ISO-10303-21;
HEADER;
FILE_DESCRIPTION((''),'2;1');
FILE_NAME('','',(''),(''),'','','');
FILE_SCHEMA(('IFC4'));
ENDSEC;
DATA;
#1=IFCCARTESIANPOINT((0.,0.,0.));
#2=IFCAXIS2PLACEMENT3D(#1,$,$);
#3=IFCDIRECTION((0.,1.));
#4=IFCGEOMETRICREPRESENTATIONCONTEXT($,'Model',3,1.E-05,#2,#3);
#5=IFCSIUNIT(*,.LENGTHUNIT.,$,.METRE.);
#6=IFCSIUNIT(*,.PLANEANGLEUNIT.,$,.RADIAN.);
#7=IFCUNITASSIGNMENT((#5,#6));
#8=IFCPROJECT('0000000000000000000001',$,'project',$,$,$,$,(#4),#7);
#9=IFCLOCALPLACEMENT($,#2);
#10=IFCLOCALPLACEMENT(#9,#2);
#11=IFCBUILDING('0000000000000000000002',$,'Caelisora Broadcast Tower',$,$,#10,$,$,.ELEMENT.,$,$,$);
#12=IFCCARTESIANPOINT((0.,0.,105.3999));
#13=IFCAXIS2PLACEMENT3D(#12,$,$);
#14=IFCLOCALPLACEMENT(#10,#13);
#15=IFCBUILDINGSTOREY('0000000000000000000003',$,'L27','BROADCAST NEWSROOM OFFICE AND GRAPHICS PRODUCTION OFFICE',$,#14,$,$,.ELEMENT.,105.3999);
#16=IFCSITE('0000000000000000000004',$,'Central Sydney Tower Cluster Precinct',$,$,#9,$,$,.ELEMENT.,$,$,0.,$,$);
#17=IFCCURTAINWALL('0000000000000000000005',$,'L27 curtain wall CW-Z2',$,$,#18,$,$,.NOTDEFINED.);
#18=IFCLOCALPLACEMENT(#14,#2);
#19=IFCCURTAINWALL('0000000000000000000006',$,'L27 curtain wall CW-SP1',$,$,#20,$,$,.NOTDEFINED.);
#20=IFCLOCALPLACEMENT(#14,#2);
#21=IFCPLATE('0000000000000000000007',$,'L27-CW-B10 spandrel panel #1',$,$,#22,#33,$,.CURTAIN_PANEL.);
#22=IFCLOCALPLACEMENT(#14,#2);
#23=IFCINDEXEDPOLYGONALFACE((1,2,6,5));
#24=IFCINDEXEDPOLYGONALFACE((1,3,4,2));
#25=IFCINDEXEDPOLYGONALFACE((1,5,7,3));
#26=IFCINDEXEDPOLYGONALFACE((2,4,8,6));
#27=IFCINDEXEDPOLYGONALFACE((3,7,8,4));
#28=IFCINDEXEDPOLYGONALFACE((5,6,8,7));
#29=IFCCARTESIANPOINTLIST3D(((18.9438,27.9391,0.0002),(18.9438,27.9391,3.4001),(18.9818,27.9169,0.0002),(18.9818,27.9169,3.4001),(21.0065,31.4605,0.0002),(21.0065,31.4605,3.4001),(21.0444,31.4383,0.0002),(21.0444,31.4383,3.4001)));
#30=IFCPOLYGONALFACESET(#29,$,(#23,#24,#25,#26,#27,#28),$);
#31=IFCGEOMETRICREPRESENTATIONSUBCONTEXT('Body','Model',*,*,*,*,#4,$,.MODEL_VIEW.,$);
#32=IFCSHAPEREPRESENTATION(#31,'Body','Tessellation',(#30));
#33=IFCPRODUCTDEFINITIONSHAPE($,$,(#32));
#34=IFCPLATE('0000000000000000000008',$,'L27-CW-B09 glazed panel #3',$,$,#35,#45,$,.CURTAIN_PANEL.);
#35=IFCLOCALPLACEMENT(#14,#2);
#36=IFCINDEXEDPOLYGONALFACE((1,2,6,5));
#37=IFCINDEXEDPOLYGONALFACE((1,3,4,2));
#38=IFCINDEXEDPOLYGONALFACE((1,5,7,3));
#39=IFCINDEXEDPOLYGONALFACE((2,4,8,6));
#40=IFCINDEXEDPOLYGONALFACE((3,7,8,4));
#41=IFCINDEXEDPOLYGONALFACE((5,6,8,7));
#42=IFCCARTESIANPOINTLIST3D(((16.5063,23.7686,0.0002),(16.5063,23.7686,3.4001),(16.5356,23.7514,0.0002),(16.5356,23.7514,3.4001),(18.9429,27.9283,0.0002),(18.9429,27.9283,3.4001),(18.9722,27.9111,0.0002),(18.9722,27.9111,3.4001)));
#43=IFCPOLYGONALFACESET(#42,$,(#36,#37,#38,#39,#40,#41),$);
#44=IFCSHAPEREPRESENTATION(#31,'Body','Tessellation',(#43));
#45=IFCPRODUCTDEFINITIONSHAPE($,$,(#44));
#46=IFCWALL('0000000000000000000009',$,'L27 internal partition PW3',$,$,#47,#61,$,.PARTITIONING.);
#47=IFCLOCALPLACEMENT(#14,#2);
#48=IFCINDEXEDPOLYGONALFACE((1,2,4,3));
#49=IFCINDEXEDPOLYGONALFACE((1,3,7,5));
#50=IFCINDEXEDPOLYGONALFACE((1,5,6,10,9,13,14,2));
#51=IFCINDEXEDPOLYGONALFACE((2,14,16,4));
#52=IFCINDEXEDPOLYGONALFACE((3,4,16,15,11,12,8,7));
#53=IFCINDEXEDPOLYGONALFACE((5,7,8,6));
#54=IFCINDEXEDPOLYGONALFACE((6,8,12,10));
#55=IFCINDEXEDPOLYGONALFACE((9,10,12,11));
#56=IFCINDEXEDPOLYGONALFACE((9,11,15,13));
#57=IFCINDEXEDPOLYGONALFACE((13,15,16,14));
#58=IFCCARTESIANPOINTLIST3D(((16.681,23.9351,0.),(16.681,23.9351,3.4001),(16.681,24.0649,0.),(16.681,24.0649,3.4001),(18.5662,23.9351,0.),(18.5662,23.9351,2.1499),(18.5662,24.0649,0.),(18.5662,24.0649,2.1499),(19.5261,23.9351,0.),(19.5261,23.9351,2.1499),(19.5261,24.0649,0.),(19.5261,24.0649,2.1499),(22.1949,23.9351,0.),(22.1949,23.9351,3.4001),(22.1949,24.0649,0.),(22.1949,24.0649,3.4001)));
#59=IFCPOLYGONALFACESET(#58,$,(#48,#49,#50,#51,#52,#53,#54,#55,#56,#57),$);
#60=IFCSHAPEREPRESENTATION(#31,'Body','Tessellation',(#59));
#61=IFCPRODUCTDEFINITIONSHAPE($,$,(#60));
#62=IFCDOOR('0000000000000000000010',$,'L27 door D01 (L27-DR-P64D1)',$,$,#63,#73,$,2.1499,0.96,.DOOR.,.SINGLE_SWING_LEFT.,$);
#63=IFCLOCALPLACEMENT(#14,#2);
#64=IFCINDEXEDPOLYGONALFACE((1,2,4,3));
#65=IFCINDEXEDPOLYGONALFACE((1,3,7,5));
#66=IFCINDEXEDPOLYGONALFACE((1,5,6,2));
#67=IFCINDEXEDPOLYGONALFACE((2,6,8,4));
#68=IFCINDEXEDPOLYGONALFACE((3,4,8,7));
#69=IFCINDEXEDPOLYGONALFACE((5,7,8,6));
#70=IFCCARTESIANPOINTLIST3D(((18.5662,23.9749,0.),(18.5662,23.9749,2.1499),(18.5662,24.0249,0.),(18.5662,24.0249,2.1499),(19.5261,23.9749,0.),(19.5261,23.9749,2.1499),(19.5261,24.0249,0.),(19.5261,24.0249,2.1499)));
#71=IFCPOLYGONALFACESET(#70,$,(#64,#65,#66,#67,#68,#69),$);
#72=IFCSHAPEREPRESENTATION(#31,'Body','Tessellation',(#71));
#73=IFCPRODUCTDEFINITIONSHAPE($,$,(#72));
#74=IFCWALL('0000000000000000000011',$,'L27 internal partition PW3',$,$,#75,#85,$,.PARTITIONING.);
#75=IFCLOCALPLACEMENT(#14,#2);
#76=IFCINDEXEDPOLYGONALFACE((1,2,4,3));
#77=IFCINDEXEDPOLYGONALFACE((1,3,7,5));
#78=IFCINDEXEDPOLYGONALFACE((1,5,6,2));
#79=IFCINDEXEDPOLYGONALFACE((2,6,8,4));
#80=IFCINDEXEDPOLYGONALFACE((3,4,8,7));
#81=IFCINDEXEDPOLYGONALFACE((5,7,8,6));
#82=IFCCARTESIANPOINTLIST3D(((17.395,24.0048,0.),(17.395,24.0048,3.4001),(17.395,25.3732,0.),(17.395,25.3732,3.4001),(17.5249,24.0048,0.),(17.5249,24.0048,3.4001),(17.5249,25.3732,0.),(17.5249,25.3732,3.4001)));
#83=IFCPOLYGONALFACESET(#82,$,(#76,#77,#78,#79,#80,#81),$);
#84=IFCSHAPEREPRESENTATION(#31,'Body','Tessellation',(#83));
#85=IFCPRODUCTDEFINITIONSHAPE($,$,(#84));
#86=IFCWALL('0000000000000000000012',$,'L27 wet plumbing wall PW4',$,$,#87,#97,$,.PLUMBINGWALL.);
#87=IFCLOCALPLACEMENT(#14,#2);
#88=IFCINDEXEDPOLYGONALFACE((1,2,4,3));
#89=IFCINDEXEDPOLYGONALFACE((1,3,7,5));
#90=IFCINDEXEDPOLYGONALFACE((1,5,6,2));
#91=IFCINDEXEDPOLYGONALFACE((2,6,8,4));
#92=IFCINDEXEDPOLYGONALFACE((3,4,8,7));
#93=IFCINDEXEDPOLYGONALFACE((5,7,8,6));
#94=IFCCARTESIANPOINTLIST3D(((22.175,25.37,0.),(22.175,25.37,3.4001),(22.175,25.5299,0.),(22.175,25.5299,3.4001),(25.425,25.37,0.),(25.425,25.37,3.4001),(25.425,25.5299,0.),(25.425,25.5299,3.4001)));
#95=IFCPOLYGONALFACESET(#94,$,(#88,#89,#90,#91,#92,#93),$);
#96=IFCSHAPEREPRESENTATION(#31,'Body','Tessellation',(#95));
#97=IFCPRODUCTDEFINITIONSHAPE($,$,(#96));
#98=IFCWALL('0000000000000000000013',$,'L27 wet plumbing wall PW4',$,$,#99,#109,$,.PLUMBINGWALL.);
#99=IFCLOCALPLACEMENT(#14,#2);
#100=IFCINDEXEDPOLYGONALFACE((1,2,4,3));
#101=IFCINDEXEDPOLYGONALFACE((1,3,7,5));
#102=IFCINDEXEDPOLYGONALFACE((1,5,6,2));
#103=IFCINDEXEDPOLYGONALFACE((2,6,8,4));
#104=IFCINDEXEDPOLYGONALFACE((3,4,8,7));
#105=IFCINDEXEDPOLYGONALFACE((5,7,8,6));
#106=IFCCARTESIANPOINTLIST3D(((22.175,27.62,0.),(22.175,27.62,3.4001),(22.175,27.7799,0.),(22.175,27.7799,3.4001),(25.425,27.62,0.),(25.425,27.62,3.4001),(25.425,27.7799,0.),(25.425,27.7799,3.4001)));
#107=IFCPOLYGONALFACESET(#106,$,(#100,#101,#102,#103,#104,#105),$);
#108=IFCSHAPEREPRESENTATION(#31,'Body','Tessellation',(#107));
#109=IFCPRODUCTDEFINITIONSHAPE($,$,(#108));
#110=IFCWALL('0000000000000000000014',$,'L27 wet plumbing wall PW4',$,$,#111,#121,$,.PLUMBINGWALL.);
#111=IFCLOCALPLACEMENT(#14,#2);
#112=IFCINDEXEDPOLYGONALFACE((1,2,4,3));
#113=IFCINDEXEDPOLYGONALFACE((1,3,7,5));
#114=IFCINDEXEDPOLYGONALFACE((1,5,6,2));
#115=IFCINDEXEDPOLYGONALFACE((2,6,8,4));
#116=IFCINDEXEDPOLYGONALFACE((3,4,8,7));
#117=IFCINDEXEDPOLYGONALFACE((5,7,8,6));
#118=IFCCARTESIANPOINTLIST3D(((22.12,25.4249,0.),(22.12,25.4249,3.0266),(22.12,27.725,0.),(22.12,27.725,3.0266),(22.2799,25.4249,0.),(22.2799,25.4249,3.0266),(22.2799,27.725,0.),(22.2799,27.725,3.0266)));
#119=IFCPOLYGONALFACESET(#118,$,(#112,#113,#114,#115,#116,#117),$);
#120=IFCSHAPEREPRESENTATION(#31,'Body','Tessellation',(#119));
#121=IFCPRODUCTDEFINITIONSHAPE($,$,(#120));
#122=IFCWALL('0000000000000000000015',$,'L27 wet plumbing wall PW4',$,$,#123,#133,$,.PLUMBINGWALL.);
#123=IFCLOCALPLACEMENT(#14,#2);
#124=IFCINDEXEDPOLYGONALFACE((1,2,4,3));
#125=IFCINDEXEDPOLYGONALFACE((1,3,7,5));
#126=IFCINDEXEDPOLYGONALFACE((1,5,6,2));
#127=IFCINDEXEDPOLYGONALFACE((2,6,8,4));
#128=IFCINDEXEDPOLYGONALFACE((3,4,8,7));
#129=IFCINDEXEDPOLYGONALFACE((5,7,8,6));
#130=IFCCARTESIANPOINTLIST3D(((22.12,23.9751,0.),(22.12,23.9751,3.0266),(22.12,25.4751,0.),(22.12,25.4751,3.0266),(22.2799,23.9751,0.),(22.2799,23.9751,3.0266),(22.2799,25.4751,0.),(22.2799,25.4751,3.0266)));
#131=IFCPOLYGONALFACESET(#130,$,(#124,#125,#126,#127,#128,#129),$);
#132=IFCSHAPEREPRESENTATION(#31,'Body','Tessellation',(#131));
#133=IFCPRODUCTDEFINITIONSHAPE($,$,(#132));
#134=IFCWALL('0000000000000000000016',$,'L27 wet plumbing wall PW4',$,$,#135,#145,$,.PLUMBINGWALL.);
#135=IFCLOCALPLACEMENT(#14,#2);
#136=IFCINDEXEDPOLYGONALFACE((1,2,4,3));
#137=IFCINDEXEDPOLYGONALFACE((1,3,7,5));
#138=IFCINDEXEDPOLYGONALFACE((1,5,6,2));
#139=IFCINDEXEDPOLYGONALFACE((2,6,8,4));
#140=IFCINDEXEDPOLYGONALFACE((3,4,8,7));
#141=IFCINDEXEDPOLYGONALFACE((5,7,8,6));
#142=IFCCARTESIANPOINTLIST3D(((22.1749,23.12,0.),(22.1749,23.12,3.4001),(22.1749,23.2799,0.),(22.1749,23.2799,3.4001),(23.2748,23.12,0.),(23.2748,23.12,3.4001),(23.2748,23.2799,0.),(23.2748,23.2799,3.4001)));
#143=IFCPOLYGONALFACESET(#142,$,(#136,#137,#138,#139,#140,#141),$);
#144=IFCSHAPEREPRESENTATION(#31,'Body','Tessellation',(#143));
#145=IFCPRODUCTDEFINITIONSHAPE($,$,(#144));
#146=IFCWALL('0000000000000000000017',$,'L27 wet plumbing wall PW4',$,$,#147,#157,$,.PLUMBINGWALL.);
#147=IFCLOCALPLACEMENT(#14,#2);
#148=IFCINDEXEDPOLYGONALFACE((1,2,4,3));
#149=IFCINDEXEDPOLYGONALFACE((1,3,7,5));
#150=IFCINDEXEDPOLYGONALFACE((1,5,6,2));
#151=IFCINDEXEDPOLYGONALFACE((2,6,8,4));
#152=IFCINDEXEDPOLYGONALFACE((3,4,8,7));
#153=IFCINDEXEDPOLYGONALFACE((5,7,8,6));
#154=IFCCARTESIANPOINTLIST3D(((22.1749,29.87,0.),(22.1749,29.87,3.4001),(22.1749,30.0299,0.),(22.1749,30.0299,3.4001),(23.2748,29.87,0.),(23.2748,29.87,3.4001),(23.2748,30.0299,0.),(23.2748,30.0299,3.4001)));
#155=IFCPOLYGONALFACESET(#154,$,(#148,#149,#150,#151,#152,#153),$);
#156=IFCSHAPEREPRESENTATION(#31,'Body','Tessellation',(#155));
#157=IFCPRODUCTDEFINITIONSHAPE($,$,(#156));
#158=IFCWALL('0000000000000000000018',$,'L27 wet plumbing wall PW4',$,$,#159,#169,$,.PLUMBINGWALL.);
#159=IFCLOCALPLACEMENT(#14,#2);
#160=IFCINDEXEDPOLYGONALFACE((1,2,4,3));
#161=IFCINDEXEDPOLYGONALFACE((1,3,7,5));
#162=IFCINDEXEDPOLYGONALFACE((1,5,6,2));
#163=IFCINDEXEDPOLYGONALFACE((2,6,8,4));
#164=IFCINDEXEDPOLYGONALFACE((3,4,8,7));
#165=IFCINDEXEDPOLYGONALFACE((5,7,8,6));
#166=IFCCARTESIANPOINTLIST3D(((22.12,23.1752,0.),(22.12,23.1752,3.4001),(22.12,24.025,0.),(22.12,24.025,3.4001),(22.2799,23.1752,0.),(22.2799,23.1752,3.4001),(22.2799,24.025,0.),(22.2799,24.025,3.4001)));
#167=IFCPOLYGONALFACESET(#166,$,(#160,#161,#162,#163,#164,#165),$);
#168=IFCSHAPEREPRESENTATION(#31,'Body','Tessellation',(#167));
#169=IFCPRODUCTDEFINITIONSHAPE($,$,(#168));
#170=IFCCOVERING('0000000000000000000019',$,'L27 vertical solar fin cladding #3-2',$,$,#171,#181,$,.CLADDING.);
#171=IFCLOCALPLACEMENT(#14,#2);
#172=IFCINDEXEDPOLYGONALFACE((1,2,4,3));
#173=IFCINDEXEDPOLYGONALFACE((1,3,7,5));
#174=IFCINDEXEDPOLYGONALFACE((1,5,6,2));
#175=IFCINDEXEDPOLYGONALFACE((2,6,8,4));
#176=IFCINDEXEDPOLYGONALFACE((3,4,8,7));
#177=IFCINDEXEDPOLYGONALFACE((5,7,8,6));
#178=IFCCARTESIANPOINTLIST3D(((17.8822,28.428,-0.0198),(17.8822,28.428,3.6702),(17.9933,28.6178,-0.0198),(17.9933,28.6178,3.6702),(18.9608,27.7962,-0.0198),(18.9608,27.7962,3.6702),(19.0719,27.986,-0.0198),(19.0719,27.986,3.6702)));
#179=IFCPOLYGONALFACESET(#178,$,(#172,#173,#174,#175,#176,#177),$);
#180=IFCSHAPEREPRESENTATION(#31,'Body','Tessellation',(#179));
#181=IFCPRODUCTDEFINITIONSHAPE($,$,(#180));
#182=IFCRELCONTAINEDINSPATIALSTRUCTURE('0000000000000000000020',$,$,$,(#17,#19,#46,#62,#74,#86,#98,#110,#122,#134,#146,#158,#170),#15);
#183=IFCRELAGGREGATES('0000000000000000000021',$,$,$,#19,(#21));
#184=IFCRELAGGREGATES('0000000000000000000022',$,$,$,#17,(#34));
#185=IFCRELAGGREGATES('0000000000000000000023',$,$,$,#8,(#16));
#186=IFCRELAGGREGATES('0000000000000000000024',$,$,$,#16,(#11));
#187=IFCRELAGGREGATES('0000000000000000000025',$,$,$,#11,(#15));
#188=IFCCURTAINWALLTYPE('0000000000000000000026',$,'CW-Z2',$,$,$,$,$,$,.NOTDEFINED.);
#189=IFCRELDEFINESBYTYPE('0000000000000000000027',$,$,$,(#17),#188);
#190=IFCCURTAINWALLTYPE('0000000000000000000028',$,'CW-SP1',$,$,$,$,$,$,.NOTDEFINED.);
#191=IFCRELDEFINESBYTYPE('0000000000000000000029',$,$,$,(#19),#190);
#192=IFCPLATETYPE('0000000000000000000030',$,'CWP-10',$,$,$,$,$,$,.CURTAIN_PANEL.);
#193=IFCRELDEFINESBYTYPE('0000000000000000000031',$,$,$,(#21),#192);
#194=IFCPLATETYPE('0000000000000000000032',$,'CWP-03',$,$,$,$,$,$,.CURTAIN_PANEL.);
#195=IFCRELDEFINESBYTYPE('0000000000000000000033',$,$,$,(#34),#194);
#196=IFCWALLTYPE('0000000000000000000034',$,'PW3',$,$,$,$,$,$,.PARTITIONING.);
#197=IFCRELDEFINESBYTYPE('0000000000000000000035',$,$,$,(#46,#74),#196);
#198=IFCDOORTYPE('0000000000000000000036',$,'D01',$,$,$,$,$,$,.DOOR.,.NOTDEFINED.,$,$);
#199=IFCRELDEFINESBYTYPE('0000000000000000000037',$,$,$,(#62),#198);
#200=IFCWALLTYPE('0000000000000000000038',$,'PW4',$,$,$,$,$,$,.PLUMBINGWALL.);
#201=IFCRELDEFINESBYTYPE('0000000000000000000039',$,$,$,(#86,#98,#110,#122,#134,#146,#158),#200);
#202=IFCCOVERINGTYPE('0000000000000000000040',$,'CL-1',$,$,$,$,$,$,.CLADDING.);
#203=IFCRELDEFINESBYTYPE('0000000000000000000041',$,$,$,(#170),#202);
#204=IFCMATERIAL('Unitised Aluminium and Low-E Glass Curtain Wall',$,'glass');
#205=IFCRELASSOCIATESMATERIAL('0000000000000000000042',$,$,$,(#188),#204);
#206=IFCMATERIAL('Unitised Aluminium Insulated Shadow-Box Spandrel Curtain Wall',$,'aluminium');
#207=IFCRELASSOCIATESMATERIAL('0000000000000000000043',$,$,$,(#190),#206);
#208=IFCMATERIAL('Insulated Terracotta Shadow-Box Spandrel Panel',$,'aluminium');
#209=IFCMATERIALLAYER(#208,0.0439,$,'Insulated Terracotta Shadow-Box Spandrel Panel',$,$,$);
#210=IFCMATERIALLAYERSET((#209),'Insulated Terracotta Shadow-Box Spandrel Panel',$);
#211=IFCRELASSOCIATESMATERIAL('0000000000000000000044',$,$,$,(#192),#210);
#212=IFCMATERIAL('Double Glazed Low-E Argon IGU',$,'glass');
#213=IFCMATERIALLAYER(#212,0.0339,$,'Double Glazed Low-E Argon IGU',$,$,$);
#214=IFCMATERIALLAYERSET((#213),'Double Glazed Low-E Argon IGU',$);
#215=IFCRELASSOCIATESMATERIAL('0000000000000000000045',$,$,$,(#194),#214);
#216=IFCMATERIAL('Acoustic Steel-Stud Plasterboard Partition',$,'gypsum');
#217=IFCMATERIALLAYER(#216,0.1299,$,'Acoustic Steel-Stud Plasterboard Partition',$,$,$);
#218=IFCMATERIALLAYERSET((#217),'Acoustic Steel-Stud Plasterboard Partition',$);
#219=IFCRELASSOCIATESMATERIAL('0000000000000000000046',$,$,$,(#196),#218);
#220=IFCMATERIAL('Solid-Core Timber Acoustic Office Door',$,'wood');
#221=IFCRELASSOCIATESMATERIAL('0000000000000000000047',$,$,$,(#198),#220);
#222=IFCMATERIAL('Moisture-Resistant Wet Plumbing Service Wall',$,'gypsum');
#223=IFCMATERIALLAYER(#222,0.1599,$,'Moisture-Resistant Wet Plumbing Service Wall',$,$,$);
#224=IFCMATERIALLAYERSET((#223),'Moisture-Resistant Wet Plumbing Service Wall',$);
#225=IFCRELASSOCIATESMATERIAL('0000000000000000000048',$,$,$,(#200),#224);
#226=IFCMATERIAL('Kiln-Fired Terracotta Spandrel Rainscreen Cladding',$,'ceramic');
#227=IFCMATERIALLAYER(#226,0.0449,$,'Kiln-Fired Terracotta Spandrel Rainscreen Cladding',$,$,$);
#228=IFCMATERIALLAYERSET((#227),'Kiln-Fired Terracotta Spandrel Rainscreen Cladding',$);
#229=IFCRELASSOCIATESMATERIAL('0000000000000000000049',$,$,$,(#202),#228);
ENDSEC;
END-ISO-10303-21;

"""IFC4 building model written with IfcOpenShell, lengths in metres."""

from ifc_helpers import new_model, si_unit, direction, frame, frame_2d, origin, origin_2d, place, context, subcontext, project, spatial, rectangle, extrude, source, transform, mapped, material, layer, layer_set, type_object, type_shapes, element, fill, aggregate, save


model = new_model("IFC4")

# Units and contexts
model_context = context("Model", 3, precision=1e-05, world=origin(), true_north=direction((0.0, 1.0)))
body_context = subcontext(model_context, "Body", "Model", "MODEL_VIEW")
ifc_project = project(units=[si_unit("LENGTHUNIT", "METRE"), si_unit("PLANEANGLEUNIT", "RADIAN")], contexts=[model_context])

# Site, building, storey
site_placement = place(None, origin())
site = spatial("IfcSite", under=ifc_project, at=site_placement, Name="Central Sydney Tower Cluster Precinct", CompositionType="ELEMENT", RefElevation=0.0)
building_placement = place(site_placement, origin())
building = spatial("IfcBuilding", under=site, at=building_placement, Name="Caelisora Broadcast Tower", CompositionType="ELEMENT")
storey_placement = place(building_placement, frame((0.0, 0.0, 105.3999)))
storey = spatial("IfcBuildingStorey", under=building, at=storey_placement, Name="L27", Description="BROADCAST NEWSROOM OFFICE AND GRAPHICS PRODUCTION OFFICE", CompositionType="ELEMENT", Elevation=105.3999)

# Curtain walls
ifc_material_1 = material(Name="Unitised Aluminium and Low-E Glass Curtain Wall", Category="glass")
curtain_wall_type_1 = type_object("IfcCurtainWallType", Name="CW-Z2", PredefinedType="NOTDEFINED", material=ifc_material_1)
curtain_wall_1_placement = place(storey_placement, origin())
curtain_wall_1 = element("IfcCurtainWall", 1, at=curtain_wall_1_placement, inside=storey, type_object=curtain_wall_type_1, Name="L27 curtain wall CW-Z2", PredefinedType="NOTDEFINED")
ifc_material_2 = material(Name="Unitised Aluminium Insulated Shadow-Box Spandrel Curtain Wall", Category="aluminium")
curtain_wall_type_2 = type_object("IfcCurtainWallType", Name="CW-SP1", PredefinedType="NOTDEFINED", material=ifc_material_2)
curtain_wall_2_placement = place(storey_placement, origin())
curtain_wall_2 = element("IfcCurtainWall", 2, at=curtain_wall_2_placement, inside=storey, type_object=curtain_wall_type_2, Name="L27 curtain wall CW-SP1", PredefinedType="NOTDEFINED")

# Plates
ifc_material_3 = material(Name="Insulated Terracotta Shadow-Box Spandrel Panel", Category="aluminium")
ifc_layer_1 = layer(ifc_material_3, 0.0439, Name="Insulated Terracotta Shadow-Box Spandrel Panel")
ifc_layer_set_1 = layer_set([ifc_layer_1], Name="Insulated Terracotta Shadow-Box Spandrel Panel")
plate_type_1 = type_object("IfcPlateType", Name="CWP-10", PredefinedType="CURTAIN_PANEL", material=ifc_layer_set_1)
shared_shape_1 = source(origin(), body_context, "Body", "SweptSolid", [
    extrude(rectangle(XDim=4.0811, YDim=0.0439, at=origin_2d()), origin(), (0.0, 0.0, 1.0), 3.3999),
])
type_shapes(plate_type_1, [shared_shape_1])
plate_1_placement = place(storey_placement, frame((19.9941, 29.6887, 0.0002), z_axis=(0.0, 0.0, 1.0), x_axis=(0.505431, 0.862867, 0.0)))
plate_1 = element("IfcPlate", 3, at=plate_1_placement, type_object=plate_type_1, Name="L27-CW-B10 spandrel panel #1", PredefinedType="CURTAIN_PANEL", context=body_context, shape_type="MappedRepresentation", body=[
    mapped(shared_shape_1, transform((0.0, 0.0, 0.0), scale=1.0)),
])
aggregate(curtain_wall_2, [plate_1])
ifc_material_4 = material(Name="Double Glazed Low-E Argon IGU", Category="glass")
ifc_layer_2 = layer(ifc_material_4, 0.0339, Name="Double Glazed Low-E Argon IGU")
ifc_layer_set_2 = layer_set([ifc_layer_2], Name="Double Glazed Low-E Argon IGU")
plate_type_2 = type_object("IfcPlateType", Name="CWP-03", PredefinedType="CURTAIN_PANEL", material=ifc_layer_set_2)
shared_shape_2 = source(origin(), body_context, "Body", "SweptSolid", [
    extrude(rectangle(XDim=4.8208, YDim=0.0339, at=origin_2d()), origin(), (0.0, 0.0, 1.0), 3.3999),
])
type_shapes(plate_type_2, [shared_shape_2])
plate_2_placement = place(storey_placement, frame((17.7393, 25.8398, 0.0002), z_axis=(0.0, 0.0, 1.0), x_axis=(0.505431, 0.862867, 0.0)))
plate_2 = element("IfcPlate", 4, at=plate_2_placement, type_object=plate_type_2, Name="L27-CW-B09 glazed panel #3", PredefinedType="CURTAIN_PANEL", context=body_context, shape_type="MappedRepresentation", body=[
    mapped(shared_shape_2, transform((0.0, 0.0, 0.0), scale=1.0)),
])
aggregate(curtain_wall_1, [plate_2])

# Wall, opening, door
ifc_material_5 = material(Name="Acoustic Steel-Stud Plasterboard Partition", Category="gypsum")
ifc_layer_3 = layer(ifc_material_5, 0.1299, Name="Acoustic Steel-Stud Plasterboard Partition")
ifc_layer_set_3 = layer_set([ifc_layer_3], Name="Acoustic Steel-Stud Plasterboard Partition")
wall_type_1 = type_object("IfcWallType", Name="PW3", PredefinedType="PARTITIONING", material=ifc_layer_set_3)
wall_1_placement = place(storey_placement, frame((16.6812, 24.0, 0.0), z_axis=(0.0, 0.0, 1.0), x_axis=(1.0, 0.0, 0.0)))
wall_1 = element("IfcWall", 5, at=wall_1_placement, inside=storey, type_object=wall_type_1, Name="L27 internal partition PW3", PredefinedType="PARTITIONING", context=body_context, shape_type="SweptSolid", body=[
    extrude(rectangle(XDim=5.5139, YDim=0.1299, at=frame_2d((2.7568, 0.0))), origin(), (0.0, 0.0, 1.0), 3.4001),
])
opening_placement = place(wall_1_placement, frame((1.885, 0.0, 0.0)))
opening = element("IfcOpeningElement", 6, at=opening_placement, cuts=wall_1, PredefinedType="OPENING", context=body_context, shape_type="SweptSolid", body=[
    extrude(rectangle(XDim=0.96, YDim=2.1499, at=frame_2d((0.48, 1.075))), frame((0.0, 0.0769, 0.0), z_axis=(0.0, -1.0, 0.0), x_axis=(1.0, 0.0, 0.0)), (0.0, 0.0, 1.0), 0.1538),
])
ifc_material_6 = material(Name="Solid-Core Timber Acoustic Office Door", Category="wood")
door_type = type_object("IfcDoorType", Name="D01", OperationType="NOTDEFINED", PredefinedType="DOOR", material=ifc_material_6)
door_placement = place(opening_placement, origin())
door = element("IfcDoor", 7, at=door_placement, inside=storey, type_object=door_type, Name="L27 door D01 (L27-DR-P64D1)", OperationType="SINGLE_SWING_LEFT", OverallHeight=2.1499, OverallWidth=0.96, PredefinedType="DOOR", context=body_context, shape_type="SweptSolid", body=[
    extrude(rectangle(XDim=0.96, YDim=2.1499, at=frame_2d((0.48, 1.075))), frame((0.0, 0.0249, 0.0), z_axis=(0.0, -1.0, 0.0), x_axis=(1.0, 0.0, 0.0)), (0.0, 0.0, 1.0), 0.05),
])
fill(opening, door)

# Walls
wall_2_placement = place(storey_placement, frame((17.46, 24.0049, 0.0), z_axis=(0.0, 0.0, 1.0), x_axis=(0.0, 1.0, 0.0)))
element("IfcWall", 8, at=wall_2_placement, inside=storey, type_object=wall_type_1, Name="L27 internal partition PW3", PredefinedType="PARTITIONING", context=body_context, shape_type="SweptSolid", body=[
    extrude(rectangle(XDim=1.3684, YDim=0.1299, at=frame_2d((0.6841, 0.0))), origin(), (0.0, 0.0, 1.0), 3.4001),
])
ifc_material_7 = material(Name="Moisture-Resistant Wet Plumbing Service Wall", Category="gypsum")
ifc_layer_4 = layer(ifc_material_7, 0.1599, Name="Moisture-Resistant Wet Plumbing Service Wall")
ifc_layer_set_4 = layer_set([ifc_layer_4], Name="Moisture-Resistant Wet Plumbing Service Wall")
wall_type_2 = type_object("IfcWallType", Name="PW4", PredefinedType="PLUMBINGWALL", material=ifc_layer_set_4)
for number, where, z_axis, x_axis, name in (
    (9, (22.175, 25.45, 0.0), (0.0, 0.0, 1.0), (1.0, 0.0, 0.0), "L27 wet plumbing wall PW4"),
    (10, (22.175, 27.7, 0.0), (0.0, 0.0, 1.0), (1.0, 0.0, 0.0), "L27 wet plumbing wall PW4"),
):
    element("IfcWall", number, at=place(storey_placement, frame(where, z_axis=z_axis, x_axis=x_axis)), inside=storey, type_object=wall_type_2, Name=name, PredefinedType="PLUMBINGWALL", context=body_context, shape_type="SweptSolid", body=[
        extrude(rectangle(XDim=3.25, YDim=0.1599, at=frame_2d((1.625, 0.0))), origin(), (0.0, 0.0, 1.0), 3.4001),
    ])
wall_3_placement = place(storey_placement, frame((22.2, 25.425, 0.0), z_axis=(0.0, 0.0, 1.0), x_axis=(0.0, 1.0, 0.0)))
element("IfcWall", 11, at=wall_3_placement, inside=storey, type_object=wall_type_2, Name="L27 wet plumbing wall PW4", PredefinedType="PLUMBINGWALL", context=body_context, shape_type="SweptSolid", body=[
    extrude(rectangle(XDim=2.3, YDim=0.1599, at=frame_2d((1.1499, 0.0))), origin(), (0.0, 0.0, 1.0), 3.0266),
])
wall_4_placement = place(storey_placement, frame((22.2, 23.9751, 0.0), z_axis=(0.0, 0.0, 1.0), x_axis=(0.0, 1.0, 0.0)))
element("IfcWall", 12, at=wall_4_placement, inside=storey, type_object=wall_type_2, Name="L27 wet plumbing wall PW4", PredefinedType="PLUMBINGWALL", context=body_context, shape_type="SweptSolid", body=[
    extrude(rectangle(XDim=1.5, YDim=0.1599, at=frame_2d((0.75, 0.0))), origin(), (0.0, 0.0, 1.0), 3.0266),
])
for number, where, z_axis, x_axis, name in (
    (13, (22.175, 23.2, 0.0), (0.0, 0.0, 1.0), (1.0, 0.0, 0.0), "L27 wet plumbing wall PW4"),
    (14, (22.175, 29.95, 0.0), (0.0, 0.0, 1.0), (1.0, 0.0, 0.0), "L27 wet plumbing wall PW4"),
):
    element("IfcWall", number, at=place(storey_placement, frame(where, z_axis=z_axis, x_axis=x_axis)), inside=storey, type_object=wall_type_2, Name=name, PredefinedType="PLUMBINGWALL", context=body_context, shape_type="SweptSolid", body=[
        extrude(rectangle(XDim=1.0999, YDim=0.1599, at=frame_2d((0.5498, 0.0))), origin(), (0.0, 0.0, 1.0), 3.4001),
    ])
wall_5_placement = place(storey_placement, frame((22.2, 24.0249, 0.0), z_axis=(0.0, 0.0, 1.0), x_axis=(0.0, -1.0, 0.0)))
element("IfcWall", 15, at=wall_5_placement, inside=storey, type_object=wall_type_2, Name="L27 wet plumbing wall PW4", PredefinedType="PLUMBINGWALL", context=body_context, shape_type="SweptSolid", body=[
    extrude(rectangle(XDim=0.8499, YDim=0.1599, at=frame_2d((0.4248, 0.0))), origin(), (0.0, 0.0, 1.0), 3.4001),
])

# Covering
ifc_material_8 = material(Name="Kiln-Fired Terracotta Spandrel Rainscreen Cladding", Category="ceramic")
ifc_layer_5 = layer(ifc_material_8, 0.0449, Name="Kiln-Fired Terracotta Spandrel Rainscreen Cladding")
ifc_layer_set_5 = layer_set([ifc_layer_5], Name="Kiln-Fired Terracotta Spandrel Rainscreen Cladding")
covering_type = type_object("IfcCoveringType", Name="CL-1", PredefinedType="CLADDING", material=ifc_layer_set_5)
shared_shape_3 = source(origin(), body_context, "Body", "SweptSolid", [
    extrude(rectangle(XDim=0.22, YDim=1.25, at=origin_2d()), origin(), (0.0, 0.0, 1.0), 3.6899),
])
type_shapes(covering_type, [shared_shape_3])
covering_placement = place(storey_placement, frame((18.4771, 28.207, -0.0198), z_axis=(0.0, 0.0, 1.0), x_axis=(0.505431, 0.862867, 0.0)))
element("IfcCovering", 16, at=covering_placement, inside=storey, type_object=covering_type, Name="L27 vertical solar fin cladding #3-2", PredefinedType="CLADDING", context=body_context, shape_type="MappedRepresentation", body=[
    mapped(shared_shape_3, transform((0.0, 0.0, 0.0), scale=1.0)),
])

save(model, "model.ifc")
